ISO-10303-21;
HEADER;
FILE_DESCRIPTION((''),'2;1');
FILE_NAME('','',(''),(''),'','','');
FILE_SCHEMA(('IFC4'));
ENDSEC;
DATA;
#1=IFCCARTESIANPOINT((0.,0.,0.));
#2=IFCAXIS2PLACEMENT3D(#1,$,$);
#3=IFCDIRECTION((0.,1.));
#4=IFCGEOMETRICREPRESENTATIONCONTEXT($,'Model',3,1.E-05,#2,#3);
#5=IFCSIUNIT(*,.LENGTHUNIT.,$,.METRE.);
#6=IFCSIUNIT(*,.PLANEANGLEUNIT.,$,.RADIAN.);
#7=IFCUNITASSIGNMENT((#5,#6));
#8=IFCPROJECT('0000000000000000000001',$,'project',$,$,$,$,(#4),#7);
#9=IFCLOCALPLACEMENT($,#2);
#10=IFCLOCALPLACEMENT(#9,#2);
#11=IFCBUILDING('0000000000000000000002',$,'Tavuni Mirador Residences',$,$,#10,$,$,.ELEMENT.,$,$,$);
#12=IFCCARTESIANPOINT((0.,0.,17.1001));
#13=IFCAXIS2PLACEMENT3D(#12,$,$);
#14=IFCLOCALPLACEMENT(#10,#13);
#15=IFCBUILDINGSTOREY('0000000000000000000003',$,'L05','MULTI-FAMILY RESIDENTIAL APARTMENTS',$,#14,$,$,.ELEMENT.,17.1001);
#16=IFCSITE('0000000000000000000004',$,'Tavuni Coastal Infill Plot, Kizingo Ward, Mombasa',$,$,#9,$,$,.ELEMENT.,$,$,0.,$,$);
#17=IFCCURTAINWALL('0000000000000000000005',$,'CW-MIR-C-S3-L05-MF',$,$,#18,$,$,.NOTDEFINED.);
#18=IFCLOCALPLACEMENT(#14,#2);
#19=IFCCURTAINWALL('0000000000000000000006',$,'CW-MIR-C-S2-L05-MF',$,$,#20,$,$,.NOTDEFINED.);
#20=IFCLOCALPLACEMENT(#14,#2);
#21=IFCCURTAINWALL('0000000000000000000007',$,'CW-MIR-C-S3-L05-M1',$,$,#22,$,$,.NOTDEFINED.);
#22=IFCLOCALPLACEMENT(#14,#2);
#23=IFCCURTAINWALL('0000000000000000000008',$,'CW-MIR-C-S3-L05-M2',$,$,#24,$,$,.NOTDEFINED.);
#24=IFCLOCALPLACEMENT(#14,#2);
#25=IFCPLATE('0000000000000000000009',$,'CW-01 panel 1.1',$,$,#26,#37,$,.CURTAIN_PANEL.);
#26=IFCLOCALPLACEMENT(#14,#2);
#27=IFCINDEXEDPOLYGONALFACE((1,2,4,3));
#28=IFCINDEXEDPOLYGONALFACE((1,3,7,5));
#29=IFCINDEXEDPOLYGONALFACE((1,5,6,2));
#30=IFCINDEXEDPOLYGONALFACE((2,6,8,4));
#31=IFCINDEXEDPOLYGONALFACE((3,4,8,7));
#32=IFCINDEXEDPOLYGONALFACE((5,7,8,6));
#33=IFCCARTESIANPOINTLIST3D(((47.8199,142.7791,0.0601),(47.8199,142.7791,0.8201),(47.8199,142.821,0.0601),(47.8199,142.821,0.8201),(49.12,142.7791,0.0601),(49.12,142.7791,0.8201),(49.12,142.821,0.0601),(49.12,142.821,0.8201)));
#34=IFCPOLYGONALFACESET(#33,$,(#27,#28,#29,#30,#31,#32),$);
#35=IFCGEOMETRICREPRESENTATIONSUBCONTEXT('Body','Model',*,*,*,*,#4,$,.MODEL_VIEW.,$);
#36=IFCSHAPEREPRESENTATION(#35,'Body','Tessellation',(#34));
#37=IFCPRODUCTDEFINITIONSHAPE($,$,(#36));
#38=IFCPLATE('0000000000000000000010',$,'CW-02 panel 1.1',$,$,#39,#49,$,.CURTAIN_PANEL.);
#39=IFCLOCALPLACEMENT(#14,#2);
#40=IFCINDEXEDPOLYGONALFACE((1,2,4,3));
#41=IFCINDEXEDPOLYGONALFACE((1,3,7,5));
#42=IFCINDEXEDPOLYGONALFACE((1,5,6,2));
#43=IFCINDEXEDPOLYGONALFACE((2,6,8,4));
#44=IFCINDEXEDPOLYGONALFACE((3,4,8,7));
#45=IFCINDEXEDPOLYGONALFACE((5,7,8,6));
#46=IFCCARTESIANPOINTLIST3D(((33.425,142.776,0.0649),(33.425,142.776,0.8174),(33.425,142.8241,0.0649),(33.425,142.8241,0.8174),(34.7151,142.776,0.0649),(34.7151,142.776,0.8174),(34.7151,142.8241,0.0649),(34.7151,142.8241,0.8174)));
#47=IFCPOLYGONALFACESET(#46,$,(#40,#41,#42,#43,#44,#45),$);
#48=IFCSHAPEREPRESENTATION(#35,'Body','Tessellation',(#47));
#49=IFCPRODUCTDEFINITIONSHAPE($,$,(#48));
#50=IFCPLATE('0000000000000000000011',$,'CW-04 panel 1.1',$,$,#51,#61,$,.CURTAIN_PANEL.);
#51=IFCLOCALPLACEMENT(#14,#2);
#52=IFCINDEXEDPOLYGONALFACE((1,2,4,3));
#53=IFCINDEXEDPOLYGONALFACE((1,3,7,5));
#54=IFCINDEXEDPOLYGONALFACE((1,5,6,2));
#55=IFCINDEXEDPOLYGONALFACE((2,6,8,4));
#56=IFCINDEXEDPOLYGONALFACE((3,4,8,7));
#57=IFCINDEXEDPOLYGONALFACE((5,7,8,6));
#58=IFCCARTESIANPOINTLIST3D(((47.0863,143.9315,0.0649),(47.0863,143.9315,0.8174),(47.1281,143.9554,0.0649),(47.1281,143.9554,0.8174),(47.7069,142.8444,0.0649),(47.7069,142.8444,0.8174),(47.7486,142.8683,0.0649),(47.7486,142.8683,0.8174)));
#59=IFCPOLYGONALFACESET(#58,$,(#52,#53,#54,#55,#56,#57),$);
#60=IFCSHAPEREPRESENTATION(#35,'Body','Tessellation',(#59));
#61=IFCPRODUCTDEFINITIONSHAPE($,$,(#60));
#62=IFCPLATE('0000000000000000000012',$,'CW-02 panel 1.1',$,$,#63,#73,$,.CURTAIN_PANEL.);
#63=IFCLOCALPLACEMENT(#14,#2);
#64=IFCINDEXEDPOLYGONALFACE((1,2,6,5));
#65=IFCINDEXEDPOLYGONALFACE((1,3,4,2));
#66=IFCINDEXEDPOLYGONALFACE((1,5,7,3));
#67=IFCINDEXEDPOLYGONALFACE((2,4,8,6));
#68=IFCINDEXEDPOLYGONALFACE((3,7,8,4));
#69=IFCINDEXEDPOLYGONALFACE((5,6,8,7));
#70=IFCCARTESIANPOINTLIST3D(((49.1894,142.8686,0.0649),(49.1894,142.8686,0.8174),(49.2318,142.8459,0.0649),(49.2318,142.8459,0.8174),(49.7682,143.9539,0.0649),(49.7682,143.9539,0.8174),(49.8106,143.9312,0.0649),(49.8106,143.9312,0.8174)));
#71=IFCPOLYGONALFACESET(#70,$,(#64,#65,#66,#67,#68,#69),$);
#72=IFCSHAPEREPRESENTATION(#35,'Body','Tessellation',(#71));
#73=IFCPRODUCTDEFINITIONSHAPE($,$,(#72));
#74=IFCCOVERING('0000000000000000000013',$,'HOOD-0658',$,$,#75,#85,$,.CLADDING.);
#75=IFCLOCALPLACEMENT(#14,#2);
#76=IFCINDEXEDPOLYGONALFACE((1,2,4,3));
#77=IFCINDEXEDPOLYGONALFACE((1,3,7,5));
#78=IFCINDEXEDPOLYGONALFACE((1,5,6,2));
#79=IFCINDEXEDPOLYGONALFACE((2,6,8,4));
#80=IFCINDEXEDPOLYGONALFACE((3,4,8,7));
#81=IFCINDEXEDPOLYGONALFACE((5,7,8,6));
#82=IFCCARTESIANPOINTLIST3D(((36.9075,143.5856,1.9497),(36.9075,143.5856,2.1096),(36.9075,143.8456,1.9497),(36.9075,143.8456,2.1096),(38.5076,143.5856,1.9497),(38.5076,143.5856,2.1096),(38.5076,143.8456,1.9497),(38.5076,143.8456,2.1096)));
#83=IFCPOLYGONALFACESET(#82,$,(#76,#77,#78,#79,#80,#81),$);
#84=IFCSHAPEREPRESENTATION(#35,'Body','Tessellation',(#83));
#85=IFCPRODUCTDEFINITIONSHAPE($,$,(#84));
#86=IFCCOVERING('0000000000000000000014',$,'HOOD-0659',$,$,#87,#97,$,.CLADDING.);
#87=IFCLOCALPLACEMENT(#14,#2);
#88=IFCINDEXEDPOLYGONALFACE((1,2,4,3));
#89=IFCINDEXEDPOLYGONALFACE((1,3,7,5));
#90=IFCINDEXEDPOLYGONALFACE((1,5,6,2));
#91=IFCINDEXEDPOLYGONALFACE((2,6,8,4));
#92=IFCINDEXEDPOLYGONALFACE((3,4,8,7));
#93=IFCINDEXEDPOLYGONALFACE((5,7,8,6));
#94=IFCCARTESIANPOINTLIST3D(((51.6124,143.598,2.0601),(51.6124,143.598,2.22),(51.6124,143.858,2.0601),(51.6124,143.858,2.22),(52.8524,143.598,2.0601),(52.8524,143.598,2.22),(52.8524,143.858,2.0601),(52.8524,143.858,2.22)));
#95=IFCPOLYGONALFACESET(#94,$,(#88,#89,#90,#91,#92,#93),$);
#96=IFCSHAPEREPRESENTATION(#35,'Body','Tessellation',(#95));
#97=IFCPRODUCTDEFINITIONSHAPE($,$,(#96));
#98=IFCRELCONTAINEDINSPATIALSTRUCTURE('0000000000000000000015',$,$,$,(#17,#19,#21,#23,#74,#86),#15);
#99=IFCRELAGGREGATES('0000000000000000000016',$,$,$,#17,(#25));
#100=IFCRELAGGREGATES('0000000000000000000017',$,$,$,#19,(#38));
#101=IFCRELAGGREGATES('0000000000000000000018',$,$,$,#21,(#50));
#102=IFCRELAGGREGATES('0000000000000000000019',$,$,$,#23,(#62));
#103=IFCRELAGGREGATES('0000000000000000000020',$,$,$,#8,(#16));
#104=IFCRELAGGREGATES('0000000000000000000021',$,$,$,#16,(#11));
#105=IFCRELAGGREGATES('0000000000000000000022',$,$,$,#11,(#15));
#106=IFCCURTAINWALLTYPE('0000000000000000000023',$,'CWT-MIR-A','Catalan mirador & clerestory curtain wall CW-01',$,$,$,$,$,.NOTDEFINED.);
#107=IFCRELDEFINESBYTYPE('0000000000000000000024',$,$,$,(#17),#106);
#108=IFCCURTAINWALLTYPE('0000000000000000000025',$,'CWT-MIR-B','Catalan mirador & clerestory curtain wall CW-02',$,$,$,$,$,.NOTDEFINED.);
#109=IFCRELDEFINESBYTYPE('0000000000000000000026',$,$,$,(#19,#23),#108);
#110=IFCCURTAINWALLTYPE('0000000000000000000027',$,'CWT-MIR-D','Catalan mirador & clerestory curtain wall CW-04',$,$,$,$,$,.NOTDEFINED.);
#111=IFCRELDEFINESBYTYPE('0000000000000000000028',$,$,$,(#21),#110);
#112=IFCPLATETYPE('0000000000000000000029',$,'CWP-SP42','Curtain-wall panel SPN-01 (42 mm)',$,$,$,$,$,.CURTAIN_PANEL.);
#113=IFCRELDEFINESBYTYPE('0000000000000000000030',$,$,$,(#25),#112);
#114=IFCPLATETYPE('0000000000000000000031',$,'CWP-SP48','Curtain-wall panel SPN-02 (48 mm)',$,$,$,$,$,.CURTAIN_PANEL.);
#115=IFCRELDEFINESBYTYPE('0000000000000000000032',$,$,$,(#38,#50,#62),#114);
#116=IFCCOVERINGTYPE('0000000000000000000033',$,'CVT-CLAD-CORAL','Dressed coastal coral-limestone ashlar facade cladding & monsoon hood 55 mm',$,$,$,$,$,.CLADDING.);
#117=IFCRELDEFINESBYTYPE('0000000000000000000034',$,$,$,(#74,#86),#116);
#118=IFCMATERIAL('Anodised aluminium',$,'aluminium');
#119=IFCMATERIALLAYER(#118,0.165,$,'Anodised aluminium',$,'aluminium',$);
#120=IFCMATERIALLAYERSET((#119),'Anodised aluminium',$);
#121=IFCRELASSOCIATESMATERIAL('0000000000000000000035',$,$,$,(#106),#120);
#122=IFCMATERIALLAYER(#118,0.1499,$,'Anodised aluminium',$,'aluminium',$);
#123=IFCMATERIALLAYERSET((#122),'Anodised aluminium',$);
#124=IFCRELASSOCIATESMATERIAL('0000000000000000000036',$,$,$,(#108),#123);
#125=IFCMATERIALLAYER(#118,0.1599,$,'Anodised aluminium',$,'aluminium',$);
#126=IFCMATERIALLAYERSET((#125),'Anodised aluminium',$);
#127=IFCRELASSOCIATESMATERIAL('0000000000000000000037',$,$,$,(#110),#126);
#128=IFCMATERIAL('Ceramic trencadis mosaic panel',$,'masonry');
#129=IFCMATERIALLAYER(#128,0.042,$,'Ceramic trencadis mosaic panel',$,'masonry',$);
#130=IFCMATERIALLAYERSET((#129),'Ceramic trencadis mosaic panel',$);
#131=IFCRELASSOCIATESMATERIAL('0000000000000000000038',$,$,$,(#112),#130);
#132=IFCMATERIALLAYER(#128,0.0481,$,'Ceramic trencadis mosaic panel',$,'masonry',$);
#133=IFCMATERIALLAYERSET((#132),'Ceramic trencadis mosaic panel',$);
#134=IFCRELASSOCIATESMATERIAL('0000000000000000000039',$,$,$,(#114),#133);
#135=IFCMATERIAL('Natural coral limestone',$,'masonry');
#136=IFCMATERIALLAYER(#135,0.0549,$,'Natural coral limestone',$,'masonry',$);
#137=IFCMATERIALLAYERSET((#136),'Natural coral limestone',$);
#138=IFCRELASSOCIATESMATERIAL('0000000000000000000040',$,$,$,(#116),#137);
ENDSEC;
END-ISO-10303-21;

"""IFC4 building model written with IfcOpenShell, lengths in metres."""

from ifc_helpers import new_model, si_unit, direction, frame, origin, origin_2d, place, context, subcontext, project, spatial, rectangle, extrude, material, layer, layer_set, type_object, element, aggregate, save


model = new_model("IFC4")

# Units and contexts
model_context = context("Model", 3, precision=1e-05, world=origin(), true_north=direction((0.0, 1.0)))
body_context = subcontext(model_context, "Body", "Model", "MODEL_VIEW")
ifc_project = project(units=[si_unit("LENGTHUNIT", "METRE"), si_unit("PLANEANGLEUNIT", "RADIAN")], contexts=[model_context])

# Site, building, storey
site_placement = place(None, origin())
site = spatial("IfcSite", under=ifc_project, at=site_placement, Name="Tavuni Coastal Infill Plot, Kizingo Ward, Mombasa", CompositionType="ELEMENT", RefElevation=0.0)
building_placement = place(site_placement, origin())
building = spatial("IfcBuilding", under=site, at=building_placement, Name="Tavuni Mirador Residences", CompositionType="ELEMENT")
storey_placement = place(building_placement, frame((0.0, 0.0, 17.1001)))
storey = spatial("IfcBuildingStorey", under=building, at=storey_placement, Name="L05", Description="MULTI-FAMILY RESIDENTIAL APARTMENTS", CompositionType="ELEMENT", Elevation=17.1001)

# Shared definitions
ifc_material_1 = material(Name="Anodised aluminium", Category="aluminium")
ifc_layer_1 = layer(ifc_material_1, 0.165, Name="Anodised aluminium", Category="aluminium")
ifc_layer_set_1 = layer_set([ifc_layer_1], Name="Anodised aluminium")
curtain_wall_type_1 = type_object("IfcCurtainWallType", Name="CWT-MIR-A", Description="Catalan mirador & clerestory curtain wall CW-01", PredefinedType="NOTDEFINED", material=ifc_layer_set_1)

# Curtain walls
curtain_wall_1_placement = place(storey_placement, origin())
curtain_wall_1 = element("IfcCurtainWall", 1, at=curtain_wall_1_placement, inside=storey, type_object=curtain_wall_type_1, Name="CW-MIR-C-S3-L05-MF", PredefinedType="NOTDEFINED")
ifc_layer_2 = layer(ifc_material_1, 0.1499, Name="Anodised aluminium", Category="aluminium")
ifc_layer_set_2 = layer_set([ifc_layer_2], Name="Anodised aluminium")
curtain_wall_type_2 = type_object("IfcCurtainWallType", Name="CWT-MIR-B", Description="Catalan mirador & clerestory curtain wall CW-02", PredefinedType="NOTDEFINED", material=ifc_layer_set_2)
curtain_wall_2_placement = place(storey_placement, origin())
curtain_wall_2 = element("IfcCurtainWall", 2, at=curtain_wall_2_placement, inside=storey, type_object=curtain_wall_type_2, Name="CW-MIR-C-S2-L05-MF", PredefinedType="NOTDEFINED")

# Curtain wall
ifc_layer_3 = layer(ifc_material_1, 0.1599, Name="Anodised aluminium", Category="aluminium")
ifc_layer_set_3 = layer_set([ifc_layer_3], Name="Anodised aluminium")
curtain_wall_type_3 = type_object("IfcCurtainWallType", Name="CWT-MIR-D", Description="Catalan mirador & clerestory curtain wall CW-04", PredefinedType="NOTDEFINED", material=ifc_layer_set_3)
curtain_wall_3_placement = place(storey_placement, origin())
curtain_wall_3 = element("IfcCurtainWall", 3, at=curtain_wall_3_placement, inside=storey, type_object=curtain_wall_type_3, Name="CW-MIR-C-S3-L05-M1", PredefinedType="NOTDEFINED")

# Curtain wall
curtain_wall_4_placement = place(storey_placement, origin())
curtain_wall_4 = element("IfcCurtainWall", 4, at=curtain_wall_4_placement, inside=storey, type_object=curtain_wall_type_2, Name="CW-MIR-C-S3-L05-M2", PredefinedType="NOTDEFINED")

# Plates
ifc_material_2 = material(Name="Ceramic trencadis mosaic panel", Category="masonry")
ifc_layer_4 = layer(ifc_material_2, 0.042, Name="Ceramic trencadis mosaic panel", Category="masonry")
ifc_layer_set_4 = layer_set([ifc_layer_4], Name="Ceramic trencadis mosaic panel")
plate_type_1 = type_object("IfcPlateType", Name="CWP-SP42", Description="Curtain-wall panel SPN-01 (42 mm)", PredefinedType="CURTAIN_PANEL", material=ifc_layer_set_4)
plate_1_placement = place(storey_placement, frame((48.47, 142.8, 0.0601), z_axis=(0.0, 0.0, 1.0), x_axis=(1.0, 0.0, 0.0)))
plate_1 = element("IfcPlate", 5, at=plate_1_placement, type_object=plate_type_1, Name="CW-01 panel 1.1", PredefinedType="CURTAIN_PANEL", context=body_context, shape_type="SweptSolid", body=[
    extrude(rectangle(XDim=1.3, YDim=0.042, at=origin_2d()), origin(), (0.0, 0.0, 1.0), 0.76),
])
aggregate(curtain_wall_1, [plate_1])
ifc_layer_5 = layer(ifc_material_2, 0.0481, Name="Ceramic trencadis mosaic panel", Category="masonry")
ifc_layer_set_5 = layer_set([ifc_layer_5], Name="Ceramic trencadis mosaic panel")
plate_type_2 = type_object("IfcPlateType", Name="CWP-SP48", Description="Curtain-wall panel SPN-02 (48 mm)", PredefinedType="CURTAIN_PANEL", material=ifc_layer_set_5)
plate_2_placement = place(storey_placement, frame((34.0701, 142.8, 0.0649), z_axis=(0.0, 0.0, 1.0), x_axis=(1.0, 0.0, 0.0)))
plate_2 = element("IfcPlate", 6, at=plate_2_placement, type_object=plate_type_2, Name="CW-02 panel 1.1", PredefinedType="CURTAIN_PANEL", context=body_context, shape_type="SweptSolid", body=[
    extrude(rectangle(XDim=1.29, YDim=0.0481, at=origin_2d()), origin(), (0.0, 0.0, 1.0), 0.7524),
])
aggregate(curtain_wall_2, [plate_2])
plate_3_placement = place(storey_placement, frame((47.4175, 143.3999, 0.0649), z_axis=(0.0, 0.0, 1.0), x_axis=(0.495749, -0.868466, 0.0)))
plate_3 = element("IfcPlate", 7, at=plate_3_placement, type_object=plate_type_2, Name="CW-04 panel 1.1", PredefinedType="CURTAIN_PANEL", context=body_context, shape_type="SweptSolid", body=[
    extrude(rectangle(XDim=1.2517, YDim=0.0481, at=origin_2d()), origin(), (0.0, 0.0, 1.0), 0.7524),
])
aggregate(curtain_wall_3, [plate_3])
plate_4_placement = place(storey_placement, frame((49.5, 143.3999, 0.0649), z_axis=(0.0, 0.0, 1.0), x_axis=(0.470588, 0.882353, 0.0)))
plate_4 = element("IfcPlate", 8, at=plate_4_placement, type_object=plate_type_2, Name="CW-02 panel 1.1", PredefinedType="CURTAIN_PANEL", context=body_context, shape_type="SweptSolid", body=[
    extrude(rectangle(XDim=1.23, YDim=0.0481, at=origin_2d()), origin(), (0.0, 0.0, 1.0), 0.7524),
])
aggregate(curtain_wall_4, [plate_4])

# Coverings
ifc_material_3 = material(Name="Natural coral limestone", Category="masonry")
ifc_layer_6 = layer(ifc_material_3, 0.0549, Name="Natural coral limestone", Category="masonry")
ifc_layer_set_6 = layer_set([ifc_layer_6], Name="Natural coral limestone")
covering_type = type_object("IfcCoveringType", Name="CVT-CLAD-CORAL", Description="Dressed coastal coral-limestone ashlar facade cladding & monsoon hood 55 mm", PredefinedType="CLADDING", material=ifc_layer_set_6)
covering_1_placement = place(storey_placement, frame((37.7075, 143.7156, 1.9497), z_axis=(0.0, 0.0, 1.0), x_axis=(1.0, 0.0, 0.0)))
element("IfcCovering", 9, at=covering_1_placement, inside=storey, type_object=covering_type, Name="HOOD-0658", PredefinedType="CLADDING", context=body_context, shape_type="SweptSolid", body=[
    extrude(rectangle(XDim=1.6001, YDim=0.26, at=origin_2d()), origin(), (0.0, 0.0, 1.0), 0.1599),
])
covering_2_placement = place(storey_placement, frame((52.2324, 143.728, 2.0601), z_axis=(0.0, 0.0, 1.0), x_axis=(1.0, 0.0, 0.0)))
element("IfcCovering", 10, at=covering_2_placement, inside=storey, type_object=covering_type, Name="HOOD-0659", PredefinedType="CLADDING", context=body_context, shape_type="SweptSolid", body=[
    extrude(rectangle(XDim=1.24, YDim=0.26, at=origin_2d()), origin(), (0.0, 0.0, 1.0), 0.1599),
])

save(model, "model.ifc")
